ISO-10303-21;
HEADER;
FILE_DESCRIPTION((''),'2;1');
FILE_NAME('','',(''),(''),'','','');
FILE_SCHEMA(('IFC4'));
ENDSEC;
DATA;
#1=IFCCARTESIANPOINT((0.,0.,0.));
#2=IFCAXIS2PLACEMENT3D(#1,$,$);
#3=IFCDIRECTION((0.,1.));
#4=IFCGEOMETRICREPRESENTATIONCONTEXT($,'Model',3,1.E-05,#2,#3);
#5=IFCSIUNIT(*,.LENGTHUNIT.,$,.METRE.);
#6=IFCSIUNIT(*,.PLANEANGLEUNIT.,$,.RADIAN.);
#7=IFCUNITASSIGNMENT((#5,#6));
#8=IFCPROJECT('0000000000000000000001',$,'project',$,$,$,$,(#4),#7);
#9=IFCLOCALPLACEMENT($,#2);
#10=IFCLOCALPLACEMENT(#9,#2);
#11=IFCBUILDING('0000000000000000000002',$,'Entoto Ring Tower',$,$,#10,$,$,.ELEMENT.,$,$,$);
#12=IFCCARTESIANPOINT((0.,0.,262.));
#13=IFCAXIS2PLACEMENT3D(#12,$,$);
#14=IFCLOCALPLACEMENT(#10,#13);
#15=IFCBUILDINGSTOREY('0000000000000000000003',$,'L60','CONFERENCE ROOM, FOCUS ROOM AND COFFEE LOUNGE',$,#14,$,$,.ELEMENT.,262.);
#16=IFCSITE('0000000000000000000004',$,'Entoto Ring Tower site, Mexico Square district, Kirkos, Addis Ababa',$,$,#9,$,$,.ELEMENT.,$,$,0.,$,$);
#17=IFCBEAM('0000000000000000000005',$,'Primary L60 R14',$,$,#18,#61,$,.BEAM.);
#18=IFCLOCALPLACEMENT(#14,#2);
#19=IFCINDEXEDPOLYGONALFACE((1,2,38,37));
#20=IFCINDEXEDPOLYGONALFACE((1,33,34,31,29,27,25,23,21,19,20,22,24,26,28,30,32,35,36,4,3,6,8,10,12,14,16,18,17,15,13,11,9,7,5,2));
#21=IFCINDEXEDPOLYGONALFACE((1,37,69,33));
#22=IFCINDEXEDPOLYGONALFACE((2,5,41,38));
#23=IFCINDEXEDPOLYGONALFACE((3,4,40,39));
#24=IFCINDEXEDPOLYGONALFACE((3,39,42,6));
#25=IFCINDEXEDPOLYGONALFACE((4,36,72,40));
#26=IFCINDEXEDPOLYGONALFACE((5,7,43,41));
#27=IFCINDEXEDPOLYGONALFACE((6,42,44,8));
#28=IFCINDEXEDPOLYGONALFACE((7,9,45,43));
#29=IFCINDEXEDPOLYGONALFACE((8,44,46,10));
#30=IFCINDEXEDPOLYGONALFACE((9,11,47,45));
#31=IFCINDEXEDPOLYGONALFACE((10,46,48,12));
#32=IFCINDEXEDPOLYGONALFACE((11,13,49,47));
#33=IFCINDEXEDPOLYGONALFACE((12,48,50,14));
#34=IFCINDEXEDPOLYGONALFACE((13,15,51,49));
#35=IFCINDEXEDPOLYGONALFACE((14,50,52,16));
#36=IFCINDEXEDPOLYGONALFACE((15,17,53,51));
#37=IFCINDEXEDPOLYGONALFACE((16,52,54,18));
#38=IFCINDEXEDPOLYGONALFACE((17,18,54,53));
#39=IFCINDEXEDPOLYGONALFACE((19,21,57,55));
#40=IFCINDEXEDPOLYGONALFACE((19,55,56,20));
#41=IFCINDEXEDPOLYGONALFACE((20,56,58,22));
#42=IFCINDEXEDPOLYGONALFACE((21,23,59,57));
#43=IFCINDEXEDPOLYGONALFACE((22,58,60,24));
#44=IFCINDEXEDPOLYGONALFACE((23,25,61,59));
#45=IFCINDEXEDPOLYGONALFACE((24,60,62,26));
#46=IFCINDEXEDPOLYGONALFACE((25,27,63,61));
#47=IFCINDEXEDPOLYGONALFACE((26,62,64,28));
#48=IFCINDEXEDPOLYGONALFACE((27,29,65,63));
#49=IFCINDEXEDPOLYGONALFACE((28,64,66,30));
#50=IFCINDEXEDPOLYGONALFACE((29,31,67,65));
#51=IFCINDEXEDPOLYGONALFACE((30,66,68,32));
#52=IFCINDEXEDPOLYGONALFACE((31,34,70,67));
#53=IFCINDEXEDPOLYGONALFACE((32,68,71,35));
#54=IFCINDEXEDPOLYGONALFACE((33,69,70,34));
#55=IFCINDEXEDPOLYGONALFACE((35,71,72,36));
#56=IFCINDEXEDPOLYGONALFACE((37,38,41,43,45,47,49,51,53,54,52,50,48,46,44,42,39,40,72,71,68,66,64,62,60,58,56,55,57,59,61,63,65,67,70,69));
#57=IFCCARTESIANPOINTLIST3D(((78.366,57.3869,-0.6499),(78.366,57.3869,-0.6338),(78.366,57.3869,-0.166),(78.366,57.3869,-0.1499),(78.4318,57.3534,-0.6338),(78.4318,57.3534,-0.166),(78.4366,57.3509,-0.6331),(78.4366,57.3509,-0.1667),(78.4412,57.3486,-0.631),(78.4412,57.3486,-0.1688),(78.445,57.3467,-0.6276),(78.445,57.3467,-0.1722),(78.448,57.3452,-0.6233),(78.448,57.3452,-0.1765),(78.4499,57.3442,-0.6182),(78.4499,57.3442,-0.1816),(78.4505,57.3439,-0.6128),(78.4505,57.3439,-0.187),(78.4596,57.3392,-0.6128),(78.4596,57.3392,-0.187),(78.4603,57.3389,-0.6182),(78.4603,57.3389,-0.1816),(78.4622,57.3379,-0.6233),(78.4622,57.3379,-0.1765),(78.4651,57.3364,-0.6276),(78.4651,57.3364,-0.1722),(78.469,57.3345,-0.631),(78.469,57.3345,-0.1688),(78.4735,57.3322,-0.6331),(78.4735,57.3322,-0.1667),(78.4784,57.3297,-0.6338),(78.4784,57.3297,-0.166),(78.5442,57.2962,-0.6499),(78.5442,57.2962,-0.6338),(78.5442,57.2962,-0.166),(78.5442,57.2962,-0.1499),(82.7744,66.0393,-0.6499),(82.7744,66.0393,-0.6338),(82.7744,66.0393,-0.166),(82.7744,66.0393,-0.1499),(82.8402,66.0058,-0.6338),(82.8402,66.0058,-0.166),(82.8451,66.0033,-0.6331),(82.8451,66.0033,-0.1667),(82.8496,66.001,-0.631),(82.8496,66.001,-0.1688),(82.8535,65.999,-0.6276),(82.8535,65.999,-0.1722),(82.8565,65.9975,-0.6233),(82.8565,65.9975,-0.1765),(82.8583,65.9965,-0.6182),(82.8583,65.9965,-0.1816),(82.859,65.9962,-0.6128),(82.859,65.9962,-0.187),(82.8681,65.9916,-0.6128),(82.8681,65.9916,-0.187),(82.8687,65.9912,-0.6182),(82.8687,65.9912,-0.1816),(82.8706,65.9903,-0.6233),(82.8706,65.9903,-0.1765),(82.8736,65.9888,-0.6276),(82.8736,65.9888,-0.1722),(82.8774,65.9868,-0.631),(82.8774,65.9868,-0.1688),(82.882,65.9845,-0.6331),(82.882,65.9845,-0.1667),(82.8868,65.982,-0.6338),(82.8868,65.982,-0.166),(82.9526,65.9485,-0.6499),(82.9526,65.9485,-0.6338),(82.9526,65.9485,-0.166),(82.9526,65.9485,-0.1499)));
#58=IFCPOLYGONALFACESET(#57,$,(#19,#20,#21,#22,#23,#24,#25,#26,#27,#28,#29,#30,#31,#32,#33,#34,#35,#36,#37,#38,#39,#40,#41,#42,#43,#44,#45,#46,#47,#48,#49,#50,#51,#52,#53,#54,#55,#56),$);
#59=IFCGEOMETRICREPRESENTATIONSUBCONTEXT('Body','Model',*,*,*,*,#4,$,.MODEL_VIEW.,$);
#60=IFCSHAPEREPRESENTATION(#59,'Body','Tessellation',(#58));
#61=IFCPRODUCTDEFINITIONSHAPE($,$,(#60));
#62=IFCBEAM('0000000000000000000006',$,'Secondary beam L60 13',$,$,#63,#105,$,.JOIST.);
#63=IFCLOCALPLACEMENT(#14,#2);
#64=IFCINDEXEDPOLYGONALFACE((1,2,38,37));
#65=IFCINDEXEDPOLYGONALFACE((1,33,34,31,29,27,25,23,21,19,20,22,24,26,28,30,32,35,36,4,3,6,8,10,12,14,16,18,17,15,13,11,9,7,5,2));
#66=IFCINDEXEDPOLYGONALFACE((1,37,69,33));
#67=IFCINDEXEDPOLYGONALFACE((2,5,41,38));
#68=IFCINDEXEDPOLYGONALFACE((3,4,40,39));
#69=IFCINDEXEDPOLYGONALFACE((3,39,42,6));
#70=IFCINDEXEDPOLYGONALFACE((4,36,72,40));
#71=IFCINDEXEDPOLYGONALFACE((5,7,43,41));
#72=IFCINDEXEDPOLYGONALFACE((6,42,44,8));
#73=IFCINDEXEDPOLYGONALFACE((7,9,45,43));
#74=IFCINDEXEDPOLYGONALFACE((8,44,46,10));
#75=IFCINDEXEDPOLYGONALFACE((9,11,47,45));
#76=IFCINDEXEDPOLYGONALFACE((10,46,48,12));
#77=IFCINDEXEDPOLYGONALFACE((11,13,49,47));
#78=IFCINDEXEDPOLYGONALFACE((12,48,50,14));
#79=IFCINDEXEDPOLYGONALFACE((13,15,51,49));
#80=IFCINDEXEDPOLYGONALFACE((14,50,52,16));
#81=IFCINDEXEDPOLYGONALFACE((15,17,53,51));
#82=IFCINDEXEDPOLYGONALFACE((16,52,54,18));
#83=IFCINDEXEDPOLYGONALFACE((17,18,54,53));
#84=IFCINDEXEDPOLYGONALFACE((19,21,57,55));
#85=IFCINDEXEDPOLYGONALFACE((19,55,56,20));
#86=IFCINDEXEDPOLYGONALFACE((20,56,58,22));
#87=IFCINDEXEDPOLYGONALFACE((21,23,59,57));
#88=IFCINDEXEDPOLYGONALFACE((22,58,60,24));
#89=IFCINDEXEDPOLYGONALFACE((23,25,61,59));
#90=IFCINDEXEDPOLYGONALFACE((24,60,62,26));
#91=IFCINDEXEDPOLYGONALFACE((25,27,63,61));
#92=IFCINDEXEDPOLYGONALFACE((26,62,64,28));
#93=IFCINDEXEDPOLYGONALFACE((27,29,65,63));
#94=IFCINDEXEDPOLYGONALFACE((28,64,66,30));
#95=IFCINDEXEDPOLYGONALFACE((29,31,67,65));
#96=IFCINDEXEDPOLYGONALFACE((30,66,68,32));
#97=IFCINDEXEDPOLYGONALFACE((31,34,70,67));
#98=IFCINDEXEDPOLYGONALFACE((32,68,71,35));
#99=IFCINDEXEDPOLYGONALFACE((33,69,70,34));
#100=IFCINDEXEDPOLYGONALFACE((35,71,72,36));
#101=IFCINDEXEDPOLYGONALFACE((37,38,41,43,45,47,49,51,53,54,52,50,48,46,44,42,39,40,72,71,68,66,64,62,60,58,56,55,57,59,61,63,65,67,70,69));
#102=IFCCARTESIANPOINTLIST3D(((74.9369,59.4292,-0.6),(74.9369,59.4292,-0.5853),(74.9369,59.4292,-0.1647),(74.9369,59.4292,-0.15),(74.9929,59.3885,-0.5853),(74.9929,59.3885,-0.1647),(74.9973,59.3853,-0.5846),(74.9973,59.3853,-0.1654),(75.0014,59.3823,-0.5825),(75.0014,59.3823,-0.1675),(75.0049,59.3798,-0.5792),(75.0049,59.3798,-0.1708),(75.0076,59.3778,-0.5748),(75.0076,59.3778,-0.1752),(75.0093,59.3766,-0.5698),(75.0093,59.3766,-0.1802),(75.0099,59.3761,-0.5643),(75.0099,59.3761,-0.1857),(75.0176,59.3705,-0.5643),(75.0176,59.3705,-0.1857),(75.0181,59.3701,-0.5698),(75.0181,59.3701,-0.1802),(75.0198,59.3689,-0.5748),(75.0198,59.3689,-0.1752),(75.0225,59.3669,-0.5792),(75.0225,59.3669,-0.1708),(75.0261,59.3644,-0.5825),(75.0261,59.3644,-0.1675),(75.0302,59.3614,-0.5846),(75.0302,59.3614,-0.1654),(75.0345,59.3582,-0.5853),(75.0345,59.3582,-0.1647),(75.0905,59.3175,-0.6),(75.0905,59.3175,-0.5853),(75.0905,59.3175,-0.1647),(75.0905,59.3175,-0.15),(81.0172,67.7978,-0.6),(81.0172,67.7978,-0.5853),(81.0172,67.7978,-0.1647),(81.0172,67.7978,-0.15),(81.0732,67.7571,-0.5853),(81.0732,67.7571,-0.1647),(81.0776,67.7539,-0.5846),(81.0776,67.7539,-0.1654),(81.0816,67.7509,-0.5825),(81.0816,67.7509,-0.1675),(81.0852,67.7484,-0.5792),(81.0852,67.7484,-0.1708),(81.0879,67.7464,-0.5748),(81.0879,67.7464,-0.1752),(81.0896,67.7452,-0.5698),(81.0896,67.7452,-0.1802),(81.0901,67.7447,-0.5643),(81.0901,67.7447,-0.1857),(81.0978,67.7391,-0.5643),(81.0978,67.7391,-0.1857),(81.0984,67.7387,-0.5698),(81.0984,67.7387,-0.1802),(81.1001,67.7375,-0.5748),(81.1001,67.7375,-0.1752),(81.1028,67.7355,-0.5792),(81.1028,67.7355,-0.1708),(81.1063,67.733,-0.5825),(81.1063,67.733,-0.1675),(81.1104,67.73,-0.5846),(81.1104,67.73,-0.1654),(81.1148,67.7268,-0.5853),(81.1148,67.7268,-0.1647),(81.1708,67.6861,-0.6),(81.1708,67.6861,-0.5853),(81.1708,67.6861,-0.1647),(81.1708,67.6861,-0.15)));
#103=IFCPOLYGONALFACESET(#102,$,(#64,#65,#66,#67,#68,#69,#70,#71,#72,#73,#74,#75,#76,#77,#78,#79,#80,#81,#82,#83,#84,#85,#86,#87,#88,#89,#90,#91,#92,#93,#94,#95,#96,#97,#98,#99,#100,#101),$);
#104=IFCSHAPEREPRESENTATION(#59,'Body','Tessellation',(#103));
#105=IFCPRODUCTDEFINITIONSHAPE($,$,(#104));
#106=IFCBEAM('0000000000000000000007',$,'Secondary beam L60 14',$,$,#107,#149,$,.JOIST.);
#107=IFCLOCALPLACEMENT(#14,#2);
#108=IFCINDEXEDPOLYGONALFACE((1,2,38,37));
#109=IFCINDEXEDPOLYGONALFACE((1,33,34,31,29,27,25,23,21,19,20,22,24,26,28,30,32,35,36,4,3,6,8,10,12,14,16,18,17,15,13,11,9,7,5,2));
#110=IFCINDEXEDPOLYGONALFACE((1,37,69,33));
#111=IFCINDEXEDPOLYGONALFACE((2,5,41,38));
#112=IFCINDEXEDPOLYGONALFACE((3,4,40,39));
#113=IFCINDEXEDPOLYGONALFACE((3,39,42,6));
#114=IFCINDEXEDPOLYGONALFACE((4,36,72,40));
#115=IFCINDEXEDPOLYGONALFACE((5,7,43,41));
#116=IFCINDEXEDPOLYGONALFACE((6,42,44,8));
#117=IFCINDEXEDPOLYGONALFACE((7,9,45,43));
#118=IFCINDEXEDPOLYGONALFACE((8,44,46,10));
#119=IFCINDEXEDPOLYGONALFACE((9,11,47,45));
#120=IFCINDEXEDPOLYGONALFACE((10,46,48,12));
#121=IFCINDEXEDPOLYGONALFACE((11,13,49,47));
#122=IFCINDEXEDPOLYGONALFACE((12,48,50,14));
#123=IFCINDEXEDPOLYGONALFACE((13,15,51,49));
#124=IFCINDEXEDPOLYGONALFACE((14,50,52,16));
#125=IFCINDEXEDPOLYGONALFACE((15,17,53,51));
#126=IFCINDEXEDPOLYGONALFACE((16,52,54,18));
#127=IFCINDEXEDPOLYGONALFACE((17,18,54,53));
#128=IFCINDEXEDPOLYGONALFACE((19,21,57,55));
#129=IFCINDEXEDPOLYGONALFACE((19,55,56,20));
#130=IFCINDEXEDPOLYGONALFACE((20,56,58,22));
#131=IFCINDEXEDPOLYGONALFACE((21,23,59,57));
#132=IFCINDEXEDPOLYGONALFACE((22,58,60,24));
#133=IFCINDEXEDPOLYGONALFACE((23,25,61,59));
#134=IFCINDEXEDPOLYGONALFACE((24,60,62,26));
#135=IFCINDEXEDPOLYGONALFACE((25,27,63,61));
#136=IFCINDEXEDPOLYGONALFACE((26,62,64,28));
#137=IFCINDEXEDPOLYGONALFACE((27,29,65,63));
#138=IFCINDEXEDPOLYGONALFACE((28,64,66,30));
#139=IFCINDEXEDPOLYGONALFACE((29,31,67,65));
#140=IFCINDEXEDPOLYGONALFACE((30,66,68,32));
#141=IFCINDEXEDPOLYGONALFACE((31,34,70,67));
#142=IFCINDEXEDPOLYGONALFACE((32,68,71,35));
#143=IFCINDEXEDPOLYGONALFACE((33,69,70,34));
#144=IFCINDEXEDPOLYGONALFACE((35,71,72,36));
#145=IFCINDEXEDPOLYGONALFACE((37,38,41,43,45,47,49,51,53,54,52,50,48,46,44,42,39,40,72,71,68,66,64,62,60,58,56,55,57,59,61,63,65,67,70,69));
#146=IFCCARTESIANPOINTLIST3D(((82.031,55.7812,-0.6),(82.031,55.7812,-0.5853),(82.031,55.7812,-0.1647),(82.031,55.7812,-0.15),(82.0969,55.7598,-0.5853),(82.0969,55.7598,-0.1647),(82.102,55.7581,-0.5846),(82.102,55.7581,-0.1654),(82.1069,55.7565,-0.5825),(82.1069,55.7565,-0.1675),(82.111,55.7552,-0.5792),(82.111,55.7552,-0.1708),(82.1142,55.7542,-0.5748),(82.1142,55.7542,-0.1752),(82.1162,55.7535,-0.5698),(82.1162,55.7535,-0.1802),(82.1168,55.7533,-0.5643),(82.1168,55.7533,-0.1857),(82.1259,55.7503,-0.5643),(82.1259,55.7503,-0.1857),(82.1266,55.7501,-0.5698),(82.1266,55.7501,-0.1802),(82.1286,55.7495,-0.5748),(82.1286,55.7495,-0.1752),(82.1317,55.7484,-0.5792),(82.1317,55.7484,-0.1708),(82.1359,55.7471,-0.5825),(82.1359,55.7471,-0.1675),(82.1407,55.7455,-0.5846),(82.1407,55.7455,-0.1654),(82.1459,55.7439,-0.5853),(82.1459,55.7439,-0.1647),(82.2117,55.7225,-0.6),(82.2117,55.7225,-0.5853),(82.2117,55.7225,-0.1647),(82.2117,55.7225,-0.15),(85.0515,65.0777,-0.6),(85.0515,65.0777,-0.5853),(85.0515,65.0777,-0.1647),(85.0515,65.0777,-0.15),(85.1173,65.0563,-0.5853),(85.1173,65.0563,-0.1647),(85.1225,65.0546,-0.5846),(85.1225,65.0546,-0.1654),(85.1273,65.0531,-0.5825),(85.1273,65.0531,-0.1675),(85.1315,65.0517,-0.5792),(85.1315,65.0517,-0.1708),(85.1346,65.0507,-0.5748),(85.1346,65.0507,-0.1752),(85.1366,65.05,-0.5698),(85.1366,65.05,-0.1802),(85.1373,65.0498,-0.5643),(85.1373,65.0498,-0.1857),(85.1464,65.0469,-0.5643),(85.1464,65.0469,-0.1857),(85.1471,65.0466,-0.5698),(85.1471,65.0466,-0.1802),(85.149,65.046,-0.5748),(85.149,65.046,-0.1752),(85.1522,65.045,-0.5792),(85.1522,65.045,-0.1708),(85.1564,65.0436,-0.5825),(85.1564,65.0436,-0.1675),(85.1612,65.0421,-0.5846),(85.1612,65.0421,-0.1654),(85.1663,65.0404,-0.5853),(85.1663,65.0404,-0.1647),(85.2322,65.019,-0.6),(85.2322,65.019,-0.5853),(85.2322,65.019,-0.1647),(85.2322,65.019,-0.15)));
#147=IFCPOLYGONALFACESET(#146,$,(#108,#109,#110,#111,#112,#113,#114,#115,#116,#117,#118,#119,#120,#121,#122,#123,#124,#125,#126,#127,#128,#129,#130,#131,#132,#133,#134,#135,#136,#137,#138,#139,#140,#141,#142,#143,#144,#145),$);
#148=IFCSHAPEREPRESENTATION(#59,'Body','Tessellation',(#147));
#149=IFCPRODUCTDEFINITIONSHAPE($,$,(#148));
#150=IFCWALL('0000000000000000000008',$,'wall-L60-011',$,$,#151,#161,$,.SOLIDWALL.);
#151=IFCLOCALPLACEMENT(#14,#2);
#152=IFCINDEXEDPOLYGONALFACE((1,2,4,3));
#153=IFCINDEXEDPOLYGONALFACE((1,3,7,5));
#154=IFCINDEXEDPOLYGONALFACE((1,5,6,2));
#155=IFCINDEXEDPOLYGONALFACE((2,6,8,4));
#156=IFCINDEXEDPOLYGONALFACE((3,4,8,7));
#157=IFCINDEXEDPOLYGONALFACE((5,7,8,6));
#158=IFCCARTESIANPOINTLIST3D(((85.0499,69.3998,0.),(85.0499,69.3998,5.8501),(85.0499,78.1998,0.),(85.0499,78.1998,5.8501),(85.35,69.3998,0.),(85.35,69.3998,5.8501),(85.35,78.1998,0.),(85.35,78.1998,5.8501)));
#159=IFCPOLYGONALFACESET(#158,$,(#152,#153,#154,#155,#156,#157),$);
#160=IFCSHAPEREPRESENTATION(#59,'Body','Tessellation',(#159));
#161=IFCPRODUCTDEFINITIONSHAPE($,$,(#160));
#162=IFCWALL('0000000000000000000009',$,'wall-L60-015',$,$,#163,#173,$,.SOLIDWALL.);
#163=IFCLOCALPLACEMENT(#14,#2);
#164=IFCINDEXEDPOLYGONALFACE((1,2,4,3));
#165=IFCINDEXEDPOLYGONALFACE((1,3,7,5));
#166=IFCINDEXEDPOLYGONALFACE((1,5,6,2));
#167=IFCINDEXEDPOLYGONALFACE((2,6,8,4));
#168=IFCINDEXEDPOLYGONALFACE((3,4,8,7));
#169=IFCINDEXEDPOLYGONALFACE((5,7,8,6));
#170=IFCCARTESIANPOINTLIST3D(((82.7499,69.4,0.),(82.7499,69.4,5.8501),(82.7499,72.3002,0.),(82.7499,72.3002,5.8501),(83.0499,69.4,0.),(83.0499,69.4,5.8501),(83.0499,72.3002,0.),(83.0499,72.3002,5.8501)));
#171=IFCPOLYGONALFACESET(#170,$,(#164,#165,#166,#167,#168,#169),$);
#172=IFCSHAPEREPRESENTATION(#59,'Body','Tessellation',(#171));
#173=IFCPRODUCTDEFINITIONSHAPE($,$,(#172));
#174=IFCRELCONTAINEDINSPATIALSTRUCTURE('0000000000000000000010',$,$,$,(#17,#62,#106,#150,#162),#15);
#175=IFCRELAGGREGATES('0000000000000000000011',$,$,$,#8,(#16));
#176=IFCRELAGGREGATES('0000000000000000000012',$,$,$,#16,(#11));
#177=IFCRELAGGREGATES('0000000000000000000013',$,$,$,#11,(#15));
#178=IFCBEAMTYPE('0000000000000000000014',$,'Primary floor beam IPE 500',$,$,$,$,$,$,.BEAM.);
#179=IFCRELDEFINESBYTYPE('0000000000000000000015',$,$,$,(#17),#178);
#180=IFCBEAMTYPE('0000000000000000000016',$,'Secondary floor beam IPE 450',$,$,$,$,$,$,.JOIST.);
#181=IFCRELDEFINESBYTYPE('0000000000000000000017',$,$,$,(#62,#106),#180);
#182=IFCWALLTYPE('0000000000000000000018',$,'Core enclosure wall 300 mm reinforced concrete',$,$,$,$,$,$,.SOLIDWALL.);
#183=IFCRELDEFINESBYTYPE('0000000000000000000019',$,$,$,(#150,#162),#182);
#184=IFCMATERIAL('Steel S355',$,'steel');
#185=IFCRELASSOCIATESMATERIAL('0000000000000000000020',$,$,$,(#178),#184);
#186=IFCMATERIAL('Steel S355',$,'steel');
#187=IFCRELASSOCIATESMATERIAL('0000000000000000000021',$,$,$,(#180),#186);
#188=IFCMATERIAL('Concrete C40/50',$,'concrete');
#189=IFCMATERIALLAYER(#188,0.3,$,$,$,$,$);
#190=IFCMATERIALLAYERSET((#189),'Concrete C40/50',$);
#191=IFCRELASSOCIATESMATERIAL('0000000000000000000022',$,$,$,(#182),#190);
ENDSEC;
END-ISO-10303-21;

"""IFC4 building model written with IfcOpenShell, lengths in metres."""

from ifc_helpers import new_model, si_unit, direction, frame, frame_2d, origin, origin_2d, place, context, subcontext, project, spatial, rectangle, i_section, extrude, material, layer, layer_set, material_profile, profile_set, type_object, element, save


model = new_model("IFC4")

# Units and contexts
model_context = context("Model", 3, precision=1e-05, world=origin(), true_north=direction((0.0, 1.0)))
body_context = subcontext(model_context, "Body", "Model", "MODEL_VIEW")
ifc_project = project(units=[si_unit("LENGTHUNIT", "METRE"), si_unit("PLANEANGLEUNIT", "RADIAN")], contexts=[model_context])

# Site, building, storey
site_placement = place(None, origin())
site = spatial("IfcSite", under=ifc_project, at=site_placement, Name="Entoto Ring Tower site, Mexico Square district, Kirkos, Addis Ababa", CompositionType="ELEMENT", RefElevation=0.0)
building_placement = place(site_placement, origin())
building = spatial("IfcBuilding", under=site, at=building_placement, Name="Entoto Ring Tower", CompositionType="ELEMENT")
storey_placement = place(building_placement, frame((0.0, 0.0, 262.0)))
storey = spatial("IfcBuildingStorey", under=building, at=storey_placement, Name="L60", Description="CONFERENCE ROOM, FOCUS ROOM AND COFFEE LOUNGE", CompositionType="ELEMENT", Elevation=262.0)

# Beams
ifc_material_1 = material(Name="Steel S355", Category="steel")
ifc_material_profile_1 = material_profile(ifc_material_1, i_section(OverallWidth=0.2, OverallDepth=0.5, WebThickness=0.0103, FlangeThickness=0.0161, FilletRadius=0.021, at=origin_2d()), Name="IPE 500")
ifc_profile_set_1 = profile_set([ifc_material_profile_1], Name="Steel S355")
beam_type_1 = type_object("IfcBeamType", Name="Primary floor beam IPE 500", PredefinedType="BEAM", material=ifc_profile_set_1)
beam_1_placement = place(storey_placement, frame((82.8635, 65.9939, -0.3999), z_axis=(-0.453979, -0.891012, 0.0), x_axis=(0.891012, -0.453979, 0.0)))
element("IfcBeam", 1, at=beam_1_placement, inside=storey, type_object=beam_type_1, Name="Primary L60 R14", PredefinedType="BEAM", context=body_context, shape_type="SweptSolid", body=[
    extrude(i_section(OverallWidth=0.2, OverallDepth=0.5, WebThickness=0.0103, FlangeThickness=0.0161, FilletRadius=0.021, at=origin_2d()), origin(), (0.0, 0.0, 1.0), 9.7107),
])
ifc_material_2 = material(Name="Steel S355", Category="steel")
ifc_material_profile_2 = material_profile(ifc_material_2, i_section(OverallWidth=0.1899, OverallDepth=0.45, WebThickness=0.0095, FlangeThickness=0.0146, FilletRadius=0.021, at=origin_2d()), Name="IPE 450")
ifc_profile_set_2 = profile_set([ifc_material_profile_2], Name="Steel S355")
beam_type_2 = type_object("IfcBeamType", Name="Secondary floor beam IPE 450", PredefinedType="JOIST", material=ifc_profile_set_2)
beam_2_placement = place(storey_placement, frame((81.094, 67.7419, -0.375), z_axis=(-0.587794, -0.809011, 0.0), x_axis=(0.809011, -0.587794, 0.0)))
element("IfcBeam", 2, at=beam_2_placement, inside=storey, type_object=beam_type_2, Name="Secondary beam L60 13", PredefinedType="JOIST", context=body_context, shape_type="SweptSolid", body=[
    extrude(i_section(OverallWidth=0.1899, OverallDepth=0.45, WebThickness=0.0095, FlangeThickness=0.0146, FilletRadius=0.021, at=origin_2d()), origin(), (0.0, 0.0, 1.0), 10.3442),
])
beam_3_placement = place(storey_placement, frame((85.1418, 65.0483, -0.375), z_axis=(-0.309003, -0.951061, 0.0), x_axis=(0.951061, -0.309003, 0.0)))
element("IfcBeam", 3, at=beam_3_placement, inside=storey, type_object=beam_type_2, Name="Secondary beam L60 14", PredefinedType="JOIST", context=body_context, shape_type="SweptSolid", body=[
    extrude(i_section(OverallWidth=0.1899, OverallDepth=0.45, WebThickness=0.0095, FlangeThickness=0.0146, FilletRadius=0.021, at=origin_2d()), origin(), (0.0, 0.0, 1.0), 9.7749),
])

# Walls
ifc_material_3 = material(Name="Concrete C40/50", Category="concrete")
ifc_layer_1 = layer(ifc_material_3, 0.3)
ifc_layer_set_1 = layer_set([ifc_layer_1], Name="Concrete C40/50")
wall_type_1 = type_object("IfcWallType", Name="Core enclosure wall 300 mm reinforced concrete", PredefinedType="SOLIDWALL", material=ifc_layer_set_1)
wall_1_placement = place(storey_placement, frame((85.2, 69.3999, 0.0), z_axis=(0.0, 0.0, 1.0), x_axis=(0.0, 1.0, 0.0)))
element("IfcWall", 4, at=wall_1_placement, inside=storey, type_object=wall_type_1, Name="wall-L60-011", PredefinedType="SOLIDWALL", context=body_context, shape_type="SweptSolid", body=[
    extrude(rectangle(XDim=8.8, YDim=0.3, at=frame_2d((4.3999, 0.0))), origin(), (0.0, 0.0, 1.0), 5.8501),
])
wall_2_placement = place(storey_placement, frame((82.8999, 69.3999, 0.0), z_axis=(0.0, 0.0, 1.0), x_axis=(0.0, 1.0, 0.0)))
element("IfcWall", 5, at=wall_2_placement, inside=storey, type_object=wall_type_1, Name="wall-L60-015", PredefinedType="SOLIDWALL", context=body_context, shape_type="SweptSolid", body=[
    extrude(rectangle(XDim=2.9001, YDim=0.3, at=frame_2d((1.4502, 0.0))), origin(), (0.0, 0.0, 1.0), 5.8501),
])

save(model, "model.ifc")
